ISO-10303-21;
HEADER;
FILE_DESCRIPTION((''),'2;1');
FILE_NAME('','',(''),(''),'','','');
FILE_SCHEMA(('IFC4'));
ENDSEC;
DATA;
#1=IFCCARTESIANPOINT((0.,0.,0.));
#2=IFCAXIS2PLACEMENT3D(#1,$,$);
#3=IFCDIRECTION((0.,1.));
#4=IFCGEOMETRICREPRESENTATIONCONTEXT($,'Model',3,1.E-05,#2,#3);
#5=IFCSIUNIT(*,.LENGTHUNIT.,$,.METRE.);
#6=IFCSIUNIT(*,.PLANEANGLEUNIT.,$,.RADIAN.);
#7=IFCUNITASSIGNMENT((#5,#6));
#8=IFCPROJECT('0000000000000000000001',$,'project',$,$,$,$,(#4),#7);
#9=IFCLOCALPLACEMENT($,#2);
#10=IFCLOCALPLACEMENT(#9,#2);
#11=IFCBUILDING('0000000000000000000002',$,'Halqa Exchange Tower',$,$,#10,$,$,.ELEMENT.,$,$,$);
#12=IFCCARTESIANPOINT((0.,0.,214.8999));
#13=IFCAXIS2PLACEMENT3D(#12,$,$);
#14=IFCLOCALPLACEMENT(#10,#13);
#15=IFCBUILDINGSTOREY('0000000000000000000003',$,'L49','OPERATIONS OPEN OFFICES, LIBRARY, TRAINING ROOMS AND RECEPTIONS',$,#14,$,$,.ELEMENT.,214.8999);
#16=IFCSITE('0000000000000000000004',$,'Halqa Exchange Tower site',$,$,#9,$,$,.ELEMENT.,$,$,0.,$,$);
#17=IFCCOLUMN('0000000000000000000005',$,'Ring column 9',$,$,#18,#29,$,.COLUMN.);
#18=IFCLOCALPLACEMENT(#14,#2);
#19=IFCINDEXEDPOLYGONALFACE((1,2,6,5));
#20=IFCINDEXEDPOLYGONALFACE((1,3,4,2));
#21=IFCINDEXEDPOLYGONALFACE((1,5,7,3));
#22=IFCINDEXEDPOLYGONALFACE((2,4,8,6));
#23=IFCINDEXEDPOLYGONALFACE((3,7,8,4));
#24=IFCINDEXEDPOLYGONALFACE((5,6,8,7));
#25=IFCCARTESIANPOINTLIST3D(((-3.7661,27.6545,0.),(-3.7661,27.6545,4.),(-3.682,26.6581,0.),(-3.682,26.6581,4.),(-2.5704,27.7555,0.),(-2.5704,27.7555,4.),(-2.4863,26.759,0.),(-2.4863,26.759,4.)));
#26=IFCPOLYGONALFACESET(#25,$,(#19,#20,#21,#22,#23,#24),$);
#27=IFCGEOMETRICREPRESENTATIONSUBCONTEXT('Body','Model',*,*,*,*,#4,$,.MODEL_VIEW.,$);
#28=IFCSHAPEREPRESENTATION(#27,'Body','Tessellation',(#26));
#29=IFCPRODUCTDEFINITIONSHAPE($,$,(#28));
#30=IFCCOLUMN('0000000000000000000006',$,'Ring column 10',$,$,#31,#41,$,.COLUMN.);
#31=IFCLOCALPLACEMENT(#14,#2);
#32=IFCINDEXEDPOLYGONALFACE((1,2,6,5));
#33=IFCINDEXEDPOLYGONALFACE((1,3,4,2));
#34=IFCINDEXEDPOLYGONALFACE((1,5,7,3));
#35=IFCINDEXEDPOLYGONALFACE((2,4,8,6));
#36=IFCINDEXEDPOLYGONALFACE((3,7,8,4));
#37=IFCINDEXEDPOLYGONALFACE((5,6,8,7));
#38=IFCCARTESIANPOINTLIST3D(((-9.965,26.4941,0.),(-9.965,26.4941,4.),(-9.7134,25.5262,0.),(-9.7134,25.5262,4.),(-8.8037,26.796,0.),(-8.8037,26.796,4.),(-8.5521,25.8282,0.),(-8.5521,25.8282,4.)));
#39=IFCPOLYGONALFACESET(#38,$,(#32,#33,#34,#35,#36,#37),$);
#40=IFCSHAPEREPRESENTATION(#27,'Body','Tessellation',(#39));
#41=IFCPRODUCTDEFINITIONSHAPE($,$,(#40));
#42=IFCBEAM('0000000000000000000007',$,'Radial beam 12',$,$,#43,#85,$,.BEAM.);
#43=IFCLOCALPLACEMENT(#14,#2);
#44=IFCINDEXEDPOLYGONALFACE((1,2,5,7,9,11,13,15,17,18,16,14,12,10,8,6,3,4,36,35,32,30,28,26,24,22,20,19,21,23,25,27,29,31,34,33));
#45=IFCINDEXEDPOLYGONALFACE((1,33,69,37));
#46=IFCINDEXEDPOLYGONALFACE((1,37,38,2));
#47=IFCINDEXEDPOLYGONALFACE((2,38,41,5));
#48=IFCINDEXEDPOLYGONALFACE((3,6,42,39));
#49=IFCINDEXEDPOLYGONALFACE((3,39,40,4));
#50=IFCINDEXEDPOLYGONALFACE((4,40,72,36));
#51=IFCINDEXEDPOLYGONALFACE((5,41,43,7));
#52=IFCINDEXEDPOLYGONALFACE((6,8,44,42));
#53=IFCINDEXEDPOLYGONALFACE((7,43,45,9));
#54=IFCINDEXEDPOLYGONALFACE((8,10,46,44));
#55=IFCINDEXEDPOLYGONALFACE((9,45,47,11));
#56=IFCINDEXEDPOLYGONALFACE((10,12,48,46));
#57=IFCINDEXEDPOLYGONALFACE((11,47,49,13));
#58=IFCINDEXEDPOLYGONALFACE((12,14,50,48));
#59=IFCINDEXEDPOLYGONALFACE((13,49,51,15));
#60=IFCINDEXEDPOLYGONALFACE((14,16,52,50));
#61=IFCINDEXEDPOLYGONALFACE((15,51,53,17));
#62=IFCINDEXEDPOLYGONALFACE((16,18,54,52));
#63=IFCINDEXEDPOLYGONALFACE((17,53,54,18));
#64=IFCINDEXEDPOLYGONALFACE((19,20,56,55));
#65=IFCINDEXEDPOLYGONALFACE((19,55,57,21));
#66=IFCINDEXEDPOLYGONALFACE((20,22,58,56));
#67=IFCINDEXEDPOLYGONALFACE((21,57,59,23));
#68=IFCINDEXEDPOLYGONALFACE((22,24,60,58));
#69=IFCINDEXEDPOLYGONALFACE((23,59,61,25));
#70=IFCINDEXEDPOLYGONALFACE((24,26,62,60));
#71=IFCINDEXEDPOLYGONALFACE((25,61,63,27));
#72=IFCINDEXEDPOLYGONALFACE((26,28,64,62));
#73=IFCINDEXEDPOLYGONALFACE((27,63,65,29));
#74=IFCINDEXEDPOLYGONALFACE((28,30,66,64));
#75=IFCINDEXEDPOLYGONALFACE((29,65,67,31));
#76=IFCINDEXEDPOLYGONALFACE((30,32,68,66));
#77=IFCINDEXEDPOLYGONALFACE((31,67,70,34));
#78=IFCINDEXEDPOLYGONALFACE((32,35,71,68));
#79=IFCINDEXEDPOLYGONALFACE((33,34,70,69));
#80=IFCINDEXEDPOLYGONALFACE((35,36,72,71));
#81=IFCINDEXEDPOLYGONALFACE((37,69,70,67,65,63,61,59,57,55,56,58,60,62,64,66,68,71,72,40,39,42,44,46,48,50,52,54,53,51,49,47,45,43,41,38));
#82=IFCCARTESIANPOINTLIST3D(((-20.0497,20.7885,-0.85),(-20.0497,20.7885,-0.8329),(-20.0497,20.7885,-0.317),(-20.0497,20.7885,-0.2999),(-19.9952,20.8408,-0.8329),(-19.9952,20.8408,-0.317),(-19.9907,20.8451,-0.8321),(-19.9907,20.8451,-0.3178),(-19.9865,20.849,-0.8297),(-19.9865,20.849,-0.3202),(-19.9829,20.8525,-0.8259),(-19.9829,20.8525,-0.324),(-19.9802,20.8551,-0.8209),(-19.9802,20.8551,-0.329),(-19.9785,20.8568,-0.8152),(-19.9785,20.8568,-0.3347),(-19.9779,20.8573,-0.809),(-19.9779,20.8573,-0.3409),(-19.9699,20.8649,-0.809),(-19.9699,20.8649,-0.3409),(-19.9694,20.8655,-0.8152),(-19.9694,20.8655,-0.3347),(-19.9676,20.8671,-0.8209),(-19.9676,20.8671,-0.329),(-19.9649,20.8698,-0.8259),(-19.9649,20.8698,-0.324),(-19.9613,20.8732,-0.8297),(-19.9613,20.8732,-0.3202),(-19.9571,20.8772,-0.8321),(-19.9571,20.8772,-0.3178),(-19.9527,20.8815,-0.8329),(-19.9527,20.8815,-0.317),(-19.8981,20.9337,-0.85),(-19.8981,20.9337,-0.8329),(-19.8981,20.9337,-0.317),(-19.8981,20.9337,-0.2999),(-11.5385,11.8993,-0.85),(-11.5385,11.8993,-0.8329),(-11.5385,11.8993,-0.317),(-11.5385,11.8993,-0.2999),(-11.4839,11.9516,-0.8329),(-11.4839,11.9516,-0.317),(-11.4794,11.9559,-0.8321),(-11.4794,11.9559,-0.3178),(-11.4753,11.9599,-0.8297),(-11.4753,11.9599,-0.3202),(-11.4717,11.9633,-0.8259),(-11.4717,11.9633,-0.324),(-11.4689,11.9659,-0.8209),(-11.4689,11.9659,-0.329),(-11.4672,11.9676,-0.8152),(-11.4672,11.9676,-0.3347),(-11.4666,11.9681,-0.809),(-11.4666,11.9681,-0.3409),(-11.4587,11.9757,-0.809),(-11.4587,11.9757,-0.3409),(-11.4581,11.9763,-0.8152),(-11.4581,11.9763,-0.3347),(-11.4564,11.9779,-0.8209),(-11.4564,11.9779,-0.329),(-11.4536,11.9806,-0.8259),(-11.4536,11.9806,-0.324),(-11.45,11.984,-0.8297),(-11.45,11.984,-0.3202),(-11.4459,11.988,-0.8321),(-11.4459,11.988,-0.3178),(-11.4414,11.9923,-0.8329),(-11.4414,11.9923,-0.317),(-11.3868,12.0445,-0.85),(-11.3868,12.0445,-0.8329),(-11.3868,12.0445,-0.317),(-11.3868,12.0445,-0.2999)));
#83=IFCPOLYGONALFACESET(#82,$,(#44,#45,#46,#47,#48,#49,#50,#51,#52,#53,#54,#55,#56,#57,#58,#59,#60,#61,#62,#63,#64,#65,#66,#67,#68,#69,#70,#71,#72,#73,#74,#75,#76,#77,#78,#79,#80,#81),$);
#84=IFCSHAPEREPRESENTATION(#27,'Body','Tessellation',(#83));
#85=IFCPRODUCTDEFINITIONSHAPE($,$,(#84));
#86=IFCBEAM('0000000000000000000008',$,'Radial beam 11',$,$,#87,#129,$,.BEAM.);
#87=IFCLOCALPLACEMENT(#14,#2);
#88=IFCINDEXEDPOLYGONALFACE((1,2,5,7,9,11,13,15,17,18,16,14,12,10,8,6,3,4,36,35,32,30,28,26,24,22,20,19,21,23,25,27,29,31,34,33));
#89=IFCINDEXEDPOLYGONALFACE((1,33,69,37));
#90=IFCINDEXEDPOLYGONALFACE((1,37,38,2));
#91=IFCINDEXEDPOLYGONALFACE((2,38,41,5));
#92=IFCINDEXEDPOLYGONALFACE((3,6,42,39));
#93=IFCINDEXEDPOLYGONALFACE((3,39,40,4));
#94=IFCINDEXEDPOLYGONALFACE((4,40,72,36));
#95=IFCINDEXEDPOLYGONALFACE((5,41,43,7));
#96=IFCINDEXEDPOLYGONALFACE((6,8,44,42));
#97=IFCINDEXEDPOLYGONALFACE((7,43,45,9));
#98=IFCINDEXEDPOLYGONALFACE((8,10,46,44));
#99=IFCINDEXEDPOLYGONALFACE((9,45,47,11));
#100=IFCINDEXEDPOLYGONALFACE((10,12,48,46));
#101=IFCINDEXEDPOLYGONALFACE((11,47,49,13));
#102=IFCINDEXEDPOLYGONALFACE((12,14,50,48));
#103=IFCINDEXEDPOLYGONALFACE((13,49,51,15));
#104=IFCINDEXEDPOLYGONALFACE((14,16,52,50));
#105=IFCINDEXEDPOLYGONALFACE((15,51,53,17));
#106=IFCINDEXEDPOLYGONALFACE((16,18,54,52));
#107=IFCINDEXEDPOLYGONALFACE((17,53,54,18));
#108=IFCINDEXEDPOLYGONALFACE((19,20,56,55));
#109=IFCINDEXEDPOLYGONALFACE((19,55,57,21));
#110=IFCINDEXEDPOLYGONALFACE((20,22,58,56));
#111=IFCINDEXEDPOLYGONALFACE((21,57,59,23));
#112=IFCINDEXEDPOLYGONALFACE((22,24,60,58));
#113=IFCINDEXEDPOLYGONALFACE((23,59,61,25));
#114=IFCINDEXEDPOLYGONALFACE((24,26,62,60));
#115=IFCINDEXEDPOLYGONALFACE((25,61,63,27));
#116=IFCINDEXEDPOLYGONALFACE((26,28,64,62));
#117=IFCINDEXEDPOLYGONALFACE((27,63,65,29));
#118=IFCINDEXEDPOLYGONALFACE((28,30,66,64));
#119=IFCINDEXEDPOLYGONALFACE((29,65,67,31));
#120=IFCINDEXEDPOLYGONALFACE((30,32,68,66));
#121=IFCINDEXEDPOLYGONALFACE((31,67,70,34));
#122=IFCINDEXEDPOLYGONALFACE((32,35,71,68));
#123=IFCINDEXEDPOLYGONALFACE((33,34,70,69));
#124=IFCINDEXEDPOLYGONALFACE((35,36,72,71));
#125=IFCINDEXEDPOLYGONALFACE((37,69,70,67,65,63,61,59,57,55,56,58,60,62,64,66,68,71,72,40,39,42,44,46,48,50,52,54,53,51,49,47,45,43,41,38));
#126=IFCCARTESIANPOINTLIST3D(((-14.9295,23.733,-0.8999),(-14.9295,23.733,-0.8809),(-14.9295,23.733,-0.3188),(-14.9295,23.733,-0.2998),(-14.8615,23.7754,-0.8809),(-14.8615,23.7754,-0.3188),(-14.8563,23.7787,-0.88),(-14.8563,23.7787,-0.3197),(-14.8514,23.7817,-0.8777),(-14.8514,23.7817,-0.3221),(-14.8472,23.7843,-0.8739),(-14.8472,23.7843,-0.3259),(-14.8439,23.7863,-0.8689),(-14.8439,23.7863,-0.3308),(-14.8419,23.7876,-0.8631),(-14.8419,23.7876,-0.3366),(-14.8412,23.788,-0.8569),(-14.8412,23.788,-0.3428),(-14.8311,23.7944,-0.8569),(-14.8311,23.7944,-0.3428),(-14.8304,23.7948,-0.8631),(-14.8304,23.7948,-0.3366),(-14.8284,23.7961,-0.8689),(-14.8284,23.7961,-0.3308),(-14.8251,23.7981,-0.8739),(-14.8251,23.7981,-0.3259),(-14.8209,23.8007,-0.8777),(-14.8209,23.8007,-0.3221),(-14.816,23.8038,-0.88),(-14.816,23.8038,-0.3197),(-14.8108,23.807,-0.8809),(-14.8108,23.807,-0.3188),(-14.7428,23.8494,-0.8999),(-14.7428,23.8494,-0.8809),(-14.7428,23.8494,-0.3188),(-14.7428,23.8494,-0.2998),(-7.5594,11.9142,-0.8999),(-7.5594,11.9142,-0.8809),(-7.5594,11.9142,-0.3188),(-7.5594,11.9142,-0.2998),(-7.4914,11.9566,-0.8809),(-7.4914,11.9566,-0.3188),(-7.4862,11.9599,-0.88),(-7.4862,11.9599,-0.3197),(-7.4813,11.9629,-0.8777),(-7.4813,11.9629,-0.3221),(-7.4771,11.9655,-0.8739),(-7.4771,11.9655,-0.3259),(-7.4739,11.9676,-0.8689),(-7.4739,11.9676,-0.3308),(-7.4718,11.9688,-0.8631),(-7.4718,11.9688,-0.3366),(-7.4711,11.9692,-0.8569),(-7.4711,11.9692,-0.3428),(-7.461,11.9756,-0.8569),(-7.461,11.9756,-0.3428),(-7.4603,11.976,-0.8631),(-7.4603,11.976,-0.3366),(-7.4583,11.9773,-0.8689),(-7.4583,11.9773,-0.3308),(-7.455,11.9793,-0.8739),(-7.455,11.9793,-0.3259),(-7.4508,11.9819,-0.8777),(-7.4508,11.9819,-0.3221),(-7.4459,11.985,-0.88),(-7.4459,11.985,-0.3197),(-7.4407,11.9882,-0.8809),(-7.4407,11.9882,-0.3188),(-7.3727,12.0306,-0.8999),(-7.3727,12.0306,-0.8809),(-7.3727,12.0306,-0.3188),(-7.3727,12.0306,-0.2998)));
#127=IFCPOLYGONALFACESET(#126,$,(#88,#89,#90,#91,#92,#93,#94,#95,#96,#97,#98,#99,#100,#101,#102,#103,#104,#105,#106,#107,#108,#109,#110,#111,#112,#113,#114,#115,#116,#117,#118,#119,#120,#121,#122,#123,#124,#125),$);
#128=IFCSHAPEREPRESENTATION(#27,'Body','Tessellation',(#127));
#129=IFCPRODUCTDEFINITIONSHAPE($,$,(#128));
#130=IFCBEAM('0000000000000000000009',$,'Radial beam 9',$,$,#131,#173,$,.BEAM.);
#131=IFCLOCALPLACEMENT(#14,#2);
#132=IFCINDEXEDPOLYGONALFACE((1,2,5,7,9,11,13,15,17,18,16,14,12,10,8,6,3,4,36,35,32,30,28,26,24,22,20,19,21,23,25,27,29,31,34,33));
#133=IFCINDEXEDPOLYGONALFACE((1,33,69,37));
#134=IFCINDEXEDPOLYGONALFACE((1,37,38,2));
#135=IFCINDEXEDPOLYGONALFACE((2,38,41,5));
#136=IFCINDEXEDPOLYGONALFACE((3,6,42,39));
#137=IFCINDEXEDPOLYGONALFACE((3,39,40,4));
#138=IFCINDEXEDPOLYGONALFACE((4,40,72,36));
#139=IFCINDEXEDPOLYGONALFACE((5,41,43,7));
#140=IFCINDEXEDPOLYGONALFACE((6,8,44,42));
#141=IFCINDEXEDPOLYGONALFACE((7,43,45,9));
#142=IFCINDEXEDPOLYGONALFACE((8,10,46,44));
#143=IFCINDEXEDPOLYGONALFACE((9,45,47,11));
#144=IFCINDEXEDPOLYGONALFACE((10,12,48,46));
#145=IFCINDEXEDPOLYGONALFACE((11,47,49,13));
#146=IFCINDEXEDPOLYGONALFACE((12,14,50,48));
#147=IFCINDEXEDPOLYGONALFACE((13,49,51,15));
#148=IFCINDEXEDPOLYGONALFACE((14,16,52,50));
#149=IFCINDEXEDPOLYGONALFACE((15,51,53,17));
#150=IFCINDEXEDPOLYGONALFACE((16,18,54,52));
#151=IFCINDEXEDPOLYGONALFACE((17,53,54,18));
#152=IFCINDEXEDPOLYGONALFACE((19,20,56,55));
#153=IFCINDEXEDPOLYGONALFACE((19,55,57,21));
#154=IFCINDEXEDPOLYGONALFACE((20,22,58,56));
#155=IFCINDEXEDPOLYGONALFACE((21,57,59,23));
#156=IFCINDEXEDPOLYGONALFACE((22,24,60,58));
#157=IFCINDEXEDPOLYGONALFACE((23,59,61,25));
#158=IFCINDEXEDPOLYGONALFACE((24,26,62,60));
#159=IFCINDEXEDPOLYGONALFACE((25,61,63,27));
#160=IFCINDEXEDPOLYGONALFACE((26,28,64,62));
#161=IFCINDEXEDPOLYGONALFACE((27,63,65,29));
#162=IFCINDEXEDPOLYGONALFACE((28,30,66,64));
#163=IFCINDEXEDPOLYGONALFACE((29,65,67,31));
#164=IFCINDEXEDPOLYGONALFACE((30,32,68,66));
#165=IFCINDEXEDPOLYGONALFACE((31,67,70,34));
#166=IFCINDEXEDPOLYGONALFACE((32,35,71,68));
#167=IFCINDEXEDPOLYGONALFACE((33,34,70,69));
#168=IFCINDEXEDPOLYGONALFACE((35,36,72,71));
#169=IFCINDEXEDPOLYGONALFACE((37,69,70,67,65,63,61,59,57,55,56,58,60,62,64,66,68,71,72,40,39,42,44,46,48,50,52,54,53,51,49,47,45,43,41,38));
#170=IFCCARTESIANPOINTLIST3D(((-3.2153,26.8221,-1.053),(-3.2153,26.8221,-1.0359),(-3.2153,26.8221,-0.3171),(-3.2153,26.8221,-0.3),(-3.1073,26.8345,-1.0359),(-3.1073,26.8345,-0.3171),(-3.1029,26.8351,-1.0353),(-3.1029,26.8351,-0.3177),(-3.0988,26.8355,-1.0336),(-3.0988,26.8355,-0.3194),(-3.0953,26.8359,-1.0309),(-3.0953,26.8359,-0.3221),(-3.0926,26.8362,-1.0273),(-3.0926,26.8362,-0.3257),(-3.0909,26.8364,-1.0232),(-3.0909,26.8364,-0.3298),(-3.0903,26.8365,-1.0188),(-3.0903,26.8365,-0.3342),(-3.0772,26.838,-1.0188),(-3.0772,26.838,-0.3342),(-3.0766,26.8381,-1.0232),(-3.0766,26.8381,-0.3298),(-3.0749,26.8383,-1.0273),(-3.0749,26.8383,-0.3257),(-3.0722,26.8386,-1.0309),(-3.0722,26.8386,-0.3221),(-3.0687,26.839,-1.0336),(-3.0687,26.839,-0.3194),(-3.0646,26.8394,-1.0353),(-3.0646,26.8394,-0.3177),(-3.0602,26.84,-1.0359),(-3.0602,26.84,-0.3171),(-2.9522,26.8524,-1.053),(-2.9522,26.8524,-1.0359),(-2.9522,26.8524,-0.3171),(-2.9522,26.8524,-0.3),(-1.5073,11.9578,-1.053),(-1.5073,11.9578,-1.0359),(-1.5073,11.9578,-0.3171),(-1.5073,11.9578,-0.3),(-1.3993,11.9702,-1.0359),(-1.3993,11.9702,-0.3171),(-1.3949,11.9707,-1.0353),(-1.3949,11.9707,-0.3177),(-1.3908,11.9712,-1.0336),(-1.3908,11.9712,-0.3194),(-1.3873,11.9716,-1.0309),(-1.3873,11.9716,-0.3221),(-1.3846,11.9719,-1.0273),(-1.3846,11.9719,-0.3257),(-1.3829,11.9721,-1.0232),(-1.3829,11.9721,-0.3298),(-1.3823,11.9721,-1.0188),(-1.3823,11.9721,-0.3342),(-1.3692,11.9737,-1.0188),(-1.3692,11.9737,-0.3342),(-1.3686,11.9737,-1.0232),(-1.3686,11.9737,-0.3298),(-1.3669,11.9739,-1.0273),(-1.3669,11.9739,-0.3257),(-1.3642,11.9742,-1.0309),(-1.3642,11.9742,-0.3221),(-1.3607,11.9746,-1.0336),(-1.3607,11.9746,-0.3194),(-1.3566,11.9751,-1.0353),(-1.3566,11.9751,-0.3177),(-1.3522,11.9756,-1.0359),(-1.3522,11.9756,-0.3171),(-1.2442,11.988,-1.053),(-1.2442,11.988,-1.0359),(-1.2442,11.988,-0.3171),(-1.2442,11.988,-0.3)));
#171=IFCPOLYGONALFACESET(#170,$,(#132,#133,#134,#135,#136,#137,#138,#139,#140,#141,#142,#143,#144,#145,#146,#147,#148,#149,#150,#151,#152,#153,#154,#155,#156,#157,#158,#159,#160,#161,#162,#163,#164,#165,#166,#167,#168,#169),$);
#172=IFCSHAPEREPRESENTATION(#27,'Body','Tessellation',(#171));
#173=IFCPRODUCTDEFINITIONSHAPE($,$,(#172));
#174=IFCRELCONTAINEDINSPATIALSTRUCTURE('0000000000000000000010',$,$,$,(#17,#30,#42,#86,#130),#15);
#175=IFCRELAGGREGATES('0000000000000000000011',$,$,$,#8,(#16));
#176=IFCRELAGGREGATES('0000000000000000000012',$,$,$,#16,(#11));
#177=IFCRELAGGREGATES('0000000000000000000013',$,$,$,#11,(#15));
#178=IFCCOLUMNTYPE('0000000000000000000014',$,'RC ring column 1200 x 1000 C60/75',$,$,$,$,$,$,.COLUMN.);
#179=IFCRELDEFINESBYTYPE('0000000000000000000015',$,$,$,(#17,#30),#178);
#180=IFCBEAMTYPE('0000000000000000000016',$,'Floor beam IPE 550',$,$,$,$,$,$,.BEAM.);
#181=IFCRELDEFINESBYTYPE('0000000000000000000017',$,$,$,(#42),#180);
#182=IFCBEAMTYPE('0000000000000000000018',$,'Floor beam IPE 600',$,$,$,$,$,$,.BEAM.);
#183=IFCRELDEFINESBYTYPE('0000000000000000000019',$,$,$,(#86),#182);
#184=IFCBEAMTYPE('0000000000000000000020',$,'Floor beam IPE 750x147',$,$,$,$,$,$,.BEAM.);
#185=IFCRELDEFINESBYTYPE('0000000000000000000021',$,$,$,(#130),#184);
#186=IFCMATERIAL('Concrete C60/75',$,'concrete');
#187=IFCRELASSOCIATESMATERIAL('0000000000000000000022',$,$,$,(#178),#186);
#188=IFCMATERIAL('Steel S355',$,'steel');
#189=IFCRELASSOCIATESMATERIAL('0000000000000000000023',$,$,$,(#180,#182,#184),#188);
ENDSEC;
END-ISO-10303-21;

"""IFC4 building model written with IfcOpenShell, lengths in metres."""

from ifc_helpers import new_model, si_unit, direction, frame, origin, origin_2d, place, context, subcontext, project, spatial, rectangle, i_section, extrude, material, material_profile, profile_set, type_object, element, save


model = new_model("IFC4")

# Units and contexts
model_context = context("Model", 3, precision=1e-05, world=origin(), true_north=direction((0.0, 1.0)))
body_context = subcontext(model_context, "Body", "Model", "MODEL_VIEW")
ifc_project = project(units=[si_unit("LENGTHUNIT", "METRE"), si_unit("PLANEANGLEUNIT", "RADIAN")], contexts=[model_context])

# Site, building, storey
site_placement = place(None, origin())
site = spatial("IfcSite", under=ifc_project, at=site_placement, Name="Halqa Exchange Tower site", CompositionType="ELEMENT", RefElevation=0.0)
building_placement = place(site_placement, origin())
building = spatial("IfcBuilding", under=site, at=building_placement, Name="Halqa Exchange Tower", CompositionType="ELEMENT")
storey_placement = place(building_placement, frame((0.0, 0.0, 214.8999)))
storey = spatial("IfcBuildingStorey", under=building, at=storey_placement, Name="L49", Description="OPERATIONS OPEN OFFICES, LIBRARY, TRAINING ROOMS AND RECEPTIONS", CompositionType="ELEMENT", Elevation=214.8999)

# Columns
ifc_material_1 = material(Name="Concrete C60/75", Category="concrete")
ifc_material_profile_1 = material_profile(ifc_material_1, rectangle(XDim=1.2, YDim=1.0, at=origin_2d()), Name="1200 x 1000")
ifc_profile_set_1 = profile_set([ifc_material_profile_1], Name="Concrete C60/75")
column_type = type_object("IfcColumnType", Name="RC ring column 1200 x 1000 C60/75", PredefinedType="COLUMN", material=ifc_profile_set_1)
for number, where, z_axis, x_axis, name in (
    (1, (-3.1262, 27.2068, 0.0), (0.0, 0.0, 1.0), (-0.996455, -0.084128, 0.0), "Ring column 9"),
    (2, (-9.2585, 26.1611, 0.0), (0.0, 0.0, 1.0), (-0.967819, -0.251649, 0.0), "Ring column 10"),
):
    element("IfcColumn", number, at=place(storey_placement, frame(where, z_axis=z_axis, x_axis=x_axis)), inside=storey, type_object=column_type, Name=name, PredefinedType="COLUMN", context=body_context, shape_type="SweptSolid", body=[
        extrude(rectangle(XDim=1.2, YDim=1.0, at=origin_2d()), origin(), (0.0, 0.0, 1.0), 4.0),
    ])

# Beams
ifc_material_2 = material(Name="Steel S355", Category="steel")
ifc_material_profile_2 = material_profile(ifc_material_2, i_section(OverallWidth=0.21, OverallDepth=0.55, WebThickness=0.011, FlangeThickness=0.0171, FilletRadius=0.0239, at=origin_2d()), Name="IPE 550")
ifc_profile_set_2 = profile_set([ifc_material_profile_2], Name="Steel S355")
beam_type_1 = type_object("IfcBeamType", Name="Floor beam IPE 550", PredefinedType="BEAM", material=ifc_profile_set_2)
beam_1_placement = place(storey_placement, frame((-11.4626, 11.9719, -0.575), z_axis=(-0.691586, 0.722295, 0.0), x_axis=(-0.722295, -0.691586, 0.0)))
element("IfcBeam", 3, at=beam_1_placement, inside=storey, type_object=beam_type_1, Name="Radial beam 12", PredefinedType="BEAM", context=body_context, shape_type="SweptSolid", body=[
    extrude(i_section(OverallWidth=0.21, OverallDepth=0.55, WebThickness=0.011, FlangeThickness=0.0171, FilletRadius=0.0239, at=origin_2d()), origin(), (0.0, 0.0, 1.0), 12.3069),
])
ifc_material_profile_3 = material_profile(ifc_material_2, i_section(OverallWidth=0.22, OverallDepth=0.6001, WebThickness=0.012, FlangeThickness=0.019, FilletRadius=0.0239, at=origin_2d()), Name="IPE 600")
ifc_profile_set_3 = profile_set([ifc_material_profile_3], Name="Steel S355")
beam_type_2 = type_object("IfcBeamType", Name="Floor beam IPE 600", PredefinedType="BEAM", material=ifc_profile_set_3)
beam_2_placement = place(storey_placement, frame((-7.4661, 11.9724, -0.5999), z_axis=(-0.529138, 0.848536, 0.0), x_axis=(-0.848536, -0.529138, 0.0)))
element("IfcBeam", 4, at=beam_2_placement, inside=storey, type_object=beam_type_2, Name="Radial beam 11", PredefinedType="BEAM", context=body_context, shape_type="SweptSolid", body=[
    extrude(i_section(OverallWidth=0.22, OverallDepth=0.6001, WebThickness=0.012, FlangeThickness=0.019, FilletRadius=0.0239, at=origin_2d()), origin(), (0.0, 0.0, 1.0), 13.9285),
])
ifc_material_profile_4 = material_profile(ifc_material_2, i_section(OverallWidth=0.2649, OverallDepth=0.7529, WebThickness=0.0132, FlangeThickness=0.0171, FilletRadius=0.0171, at=origin_2d()), Name="IPE 750x147")
ifc_profile_set_4 = profile_set([ifc_material_profile_4], Name="Steel S355")
beam_type_3 = type_object("IfcBeamType", Name="Floor beam IPE 750x147", PredefinedType="BEAM", material=ifc_profile_set_4)
beam_3_placement = place(storey_placement, frame((-1.3757, 11.9729, -0.6765), z_axis=(-0.114156, 0.993463, 0.0), x_axis=(-0.993463, -0.114156, 0.0)))
element("IfcBeam", 5, at=beam_3_placement, inside=storey, type_object=beam_type_3, Name="Radial beam 9", PredefinedType="BEAM", context=body_context, shape_type="SweptSolid", body=[
    extrude(i_section(OverallWidth=0.2649, OverallDepth=0.7529, WebThickness=0.0132, FlangeThickness=0.0171, FilletRadius=0.0171, at=origin_2d()), origin(), (0.0, 0.0, 1.0), 14.9622),
])

save(model, "model.ifc")
